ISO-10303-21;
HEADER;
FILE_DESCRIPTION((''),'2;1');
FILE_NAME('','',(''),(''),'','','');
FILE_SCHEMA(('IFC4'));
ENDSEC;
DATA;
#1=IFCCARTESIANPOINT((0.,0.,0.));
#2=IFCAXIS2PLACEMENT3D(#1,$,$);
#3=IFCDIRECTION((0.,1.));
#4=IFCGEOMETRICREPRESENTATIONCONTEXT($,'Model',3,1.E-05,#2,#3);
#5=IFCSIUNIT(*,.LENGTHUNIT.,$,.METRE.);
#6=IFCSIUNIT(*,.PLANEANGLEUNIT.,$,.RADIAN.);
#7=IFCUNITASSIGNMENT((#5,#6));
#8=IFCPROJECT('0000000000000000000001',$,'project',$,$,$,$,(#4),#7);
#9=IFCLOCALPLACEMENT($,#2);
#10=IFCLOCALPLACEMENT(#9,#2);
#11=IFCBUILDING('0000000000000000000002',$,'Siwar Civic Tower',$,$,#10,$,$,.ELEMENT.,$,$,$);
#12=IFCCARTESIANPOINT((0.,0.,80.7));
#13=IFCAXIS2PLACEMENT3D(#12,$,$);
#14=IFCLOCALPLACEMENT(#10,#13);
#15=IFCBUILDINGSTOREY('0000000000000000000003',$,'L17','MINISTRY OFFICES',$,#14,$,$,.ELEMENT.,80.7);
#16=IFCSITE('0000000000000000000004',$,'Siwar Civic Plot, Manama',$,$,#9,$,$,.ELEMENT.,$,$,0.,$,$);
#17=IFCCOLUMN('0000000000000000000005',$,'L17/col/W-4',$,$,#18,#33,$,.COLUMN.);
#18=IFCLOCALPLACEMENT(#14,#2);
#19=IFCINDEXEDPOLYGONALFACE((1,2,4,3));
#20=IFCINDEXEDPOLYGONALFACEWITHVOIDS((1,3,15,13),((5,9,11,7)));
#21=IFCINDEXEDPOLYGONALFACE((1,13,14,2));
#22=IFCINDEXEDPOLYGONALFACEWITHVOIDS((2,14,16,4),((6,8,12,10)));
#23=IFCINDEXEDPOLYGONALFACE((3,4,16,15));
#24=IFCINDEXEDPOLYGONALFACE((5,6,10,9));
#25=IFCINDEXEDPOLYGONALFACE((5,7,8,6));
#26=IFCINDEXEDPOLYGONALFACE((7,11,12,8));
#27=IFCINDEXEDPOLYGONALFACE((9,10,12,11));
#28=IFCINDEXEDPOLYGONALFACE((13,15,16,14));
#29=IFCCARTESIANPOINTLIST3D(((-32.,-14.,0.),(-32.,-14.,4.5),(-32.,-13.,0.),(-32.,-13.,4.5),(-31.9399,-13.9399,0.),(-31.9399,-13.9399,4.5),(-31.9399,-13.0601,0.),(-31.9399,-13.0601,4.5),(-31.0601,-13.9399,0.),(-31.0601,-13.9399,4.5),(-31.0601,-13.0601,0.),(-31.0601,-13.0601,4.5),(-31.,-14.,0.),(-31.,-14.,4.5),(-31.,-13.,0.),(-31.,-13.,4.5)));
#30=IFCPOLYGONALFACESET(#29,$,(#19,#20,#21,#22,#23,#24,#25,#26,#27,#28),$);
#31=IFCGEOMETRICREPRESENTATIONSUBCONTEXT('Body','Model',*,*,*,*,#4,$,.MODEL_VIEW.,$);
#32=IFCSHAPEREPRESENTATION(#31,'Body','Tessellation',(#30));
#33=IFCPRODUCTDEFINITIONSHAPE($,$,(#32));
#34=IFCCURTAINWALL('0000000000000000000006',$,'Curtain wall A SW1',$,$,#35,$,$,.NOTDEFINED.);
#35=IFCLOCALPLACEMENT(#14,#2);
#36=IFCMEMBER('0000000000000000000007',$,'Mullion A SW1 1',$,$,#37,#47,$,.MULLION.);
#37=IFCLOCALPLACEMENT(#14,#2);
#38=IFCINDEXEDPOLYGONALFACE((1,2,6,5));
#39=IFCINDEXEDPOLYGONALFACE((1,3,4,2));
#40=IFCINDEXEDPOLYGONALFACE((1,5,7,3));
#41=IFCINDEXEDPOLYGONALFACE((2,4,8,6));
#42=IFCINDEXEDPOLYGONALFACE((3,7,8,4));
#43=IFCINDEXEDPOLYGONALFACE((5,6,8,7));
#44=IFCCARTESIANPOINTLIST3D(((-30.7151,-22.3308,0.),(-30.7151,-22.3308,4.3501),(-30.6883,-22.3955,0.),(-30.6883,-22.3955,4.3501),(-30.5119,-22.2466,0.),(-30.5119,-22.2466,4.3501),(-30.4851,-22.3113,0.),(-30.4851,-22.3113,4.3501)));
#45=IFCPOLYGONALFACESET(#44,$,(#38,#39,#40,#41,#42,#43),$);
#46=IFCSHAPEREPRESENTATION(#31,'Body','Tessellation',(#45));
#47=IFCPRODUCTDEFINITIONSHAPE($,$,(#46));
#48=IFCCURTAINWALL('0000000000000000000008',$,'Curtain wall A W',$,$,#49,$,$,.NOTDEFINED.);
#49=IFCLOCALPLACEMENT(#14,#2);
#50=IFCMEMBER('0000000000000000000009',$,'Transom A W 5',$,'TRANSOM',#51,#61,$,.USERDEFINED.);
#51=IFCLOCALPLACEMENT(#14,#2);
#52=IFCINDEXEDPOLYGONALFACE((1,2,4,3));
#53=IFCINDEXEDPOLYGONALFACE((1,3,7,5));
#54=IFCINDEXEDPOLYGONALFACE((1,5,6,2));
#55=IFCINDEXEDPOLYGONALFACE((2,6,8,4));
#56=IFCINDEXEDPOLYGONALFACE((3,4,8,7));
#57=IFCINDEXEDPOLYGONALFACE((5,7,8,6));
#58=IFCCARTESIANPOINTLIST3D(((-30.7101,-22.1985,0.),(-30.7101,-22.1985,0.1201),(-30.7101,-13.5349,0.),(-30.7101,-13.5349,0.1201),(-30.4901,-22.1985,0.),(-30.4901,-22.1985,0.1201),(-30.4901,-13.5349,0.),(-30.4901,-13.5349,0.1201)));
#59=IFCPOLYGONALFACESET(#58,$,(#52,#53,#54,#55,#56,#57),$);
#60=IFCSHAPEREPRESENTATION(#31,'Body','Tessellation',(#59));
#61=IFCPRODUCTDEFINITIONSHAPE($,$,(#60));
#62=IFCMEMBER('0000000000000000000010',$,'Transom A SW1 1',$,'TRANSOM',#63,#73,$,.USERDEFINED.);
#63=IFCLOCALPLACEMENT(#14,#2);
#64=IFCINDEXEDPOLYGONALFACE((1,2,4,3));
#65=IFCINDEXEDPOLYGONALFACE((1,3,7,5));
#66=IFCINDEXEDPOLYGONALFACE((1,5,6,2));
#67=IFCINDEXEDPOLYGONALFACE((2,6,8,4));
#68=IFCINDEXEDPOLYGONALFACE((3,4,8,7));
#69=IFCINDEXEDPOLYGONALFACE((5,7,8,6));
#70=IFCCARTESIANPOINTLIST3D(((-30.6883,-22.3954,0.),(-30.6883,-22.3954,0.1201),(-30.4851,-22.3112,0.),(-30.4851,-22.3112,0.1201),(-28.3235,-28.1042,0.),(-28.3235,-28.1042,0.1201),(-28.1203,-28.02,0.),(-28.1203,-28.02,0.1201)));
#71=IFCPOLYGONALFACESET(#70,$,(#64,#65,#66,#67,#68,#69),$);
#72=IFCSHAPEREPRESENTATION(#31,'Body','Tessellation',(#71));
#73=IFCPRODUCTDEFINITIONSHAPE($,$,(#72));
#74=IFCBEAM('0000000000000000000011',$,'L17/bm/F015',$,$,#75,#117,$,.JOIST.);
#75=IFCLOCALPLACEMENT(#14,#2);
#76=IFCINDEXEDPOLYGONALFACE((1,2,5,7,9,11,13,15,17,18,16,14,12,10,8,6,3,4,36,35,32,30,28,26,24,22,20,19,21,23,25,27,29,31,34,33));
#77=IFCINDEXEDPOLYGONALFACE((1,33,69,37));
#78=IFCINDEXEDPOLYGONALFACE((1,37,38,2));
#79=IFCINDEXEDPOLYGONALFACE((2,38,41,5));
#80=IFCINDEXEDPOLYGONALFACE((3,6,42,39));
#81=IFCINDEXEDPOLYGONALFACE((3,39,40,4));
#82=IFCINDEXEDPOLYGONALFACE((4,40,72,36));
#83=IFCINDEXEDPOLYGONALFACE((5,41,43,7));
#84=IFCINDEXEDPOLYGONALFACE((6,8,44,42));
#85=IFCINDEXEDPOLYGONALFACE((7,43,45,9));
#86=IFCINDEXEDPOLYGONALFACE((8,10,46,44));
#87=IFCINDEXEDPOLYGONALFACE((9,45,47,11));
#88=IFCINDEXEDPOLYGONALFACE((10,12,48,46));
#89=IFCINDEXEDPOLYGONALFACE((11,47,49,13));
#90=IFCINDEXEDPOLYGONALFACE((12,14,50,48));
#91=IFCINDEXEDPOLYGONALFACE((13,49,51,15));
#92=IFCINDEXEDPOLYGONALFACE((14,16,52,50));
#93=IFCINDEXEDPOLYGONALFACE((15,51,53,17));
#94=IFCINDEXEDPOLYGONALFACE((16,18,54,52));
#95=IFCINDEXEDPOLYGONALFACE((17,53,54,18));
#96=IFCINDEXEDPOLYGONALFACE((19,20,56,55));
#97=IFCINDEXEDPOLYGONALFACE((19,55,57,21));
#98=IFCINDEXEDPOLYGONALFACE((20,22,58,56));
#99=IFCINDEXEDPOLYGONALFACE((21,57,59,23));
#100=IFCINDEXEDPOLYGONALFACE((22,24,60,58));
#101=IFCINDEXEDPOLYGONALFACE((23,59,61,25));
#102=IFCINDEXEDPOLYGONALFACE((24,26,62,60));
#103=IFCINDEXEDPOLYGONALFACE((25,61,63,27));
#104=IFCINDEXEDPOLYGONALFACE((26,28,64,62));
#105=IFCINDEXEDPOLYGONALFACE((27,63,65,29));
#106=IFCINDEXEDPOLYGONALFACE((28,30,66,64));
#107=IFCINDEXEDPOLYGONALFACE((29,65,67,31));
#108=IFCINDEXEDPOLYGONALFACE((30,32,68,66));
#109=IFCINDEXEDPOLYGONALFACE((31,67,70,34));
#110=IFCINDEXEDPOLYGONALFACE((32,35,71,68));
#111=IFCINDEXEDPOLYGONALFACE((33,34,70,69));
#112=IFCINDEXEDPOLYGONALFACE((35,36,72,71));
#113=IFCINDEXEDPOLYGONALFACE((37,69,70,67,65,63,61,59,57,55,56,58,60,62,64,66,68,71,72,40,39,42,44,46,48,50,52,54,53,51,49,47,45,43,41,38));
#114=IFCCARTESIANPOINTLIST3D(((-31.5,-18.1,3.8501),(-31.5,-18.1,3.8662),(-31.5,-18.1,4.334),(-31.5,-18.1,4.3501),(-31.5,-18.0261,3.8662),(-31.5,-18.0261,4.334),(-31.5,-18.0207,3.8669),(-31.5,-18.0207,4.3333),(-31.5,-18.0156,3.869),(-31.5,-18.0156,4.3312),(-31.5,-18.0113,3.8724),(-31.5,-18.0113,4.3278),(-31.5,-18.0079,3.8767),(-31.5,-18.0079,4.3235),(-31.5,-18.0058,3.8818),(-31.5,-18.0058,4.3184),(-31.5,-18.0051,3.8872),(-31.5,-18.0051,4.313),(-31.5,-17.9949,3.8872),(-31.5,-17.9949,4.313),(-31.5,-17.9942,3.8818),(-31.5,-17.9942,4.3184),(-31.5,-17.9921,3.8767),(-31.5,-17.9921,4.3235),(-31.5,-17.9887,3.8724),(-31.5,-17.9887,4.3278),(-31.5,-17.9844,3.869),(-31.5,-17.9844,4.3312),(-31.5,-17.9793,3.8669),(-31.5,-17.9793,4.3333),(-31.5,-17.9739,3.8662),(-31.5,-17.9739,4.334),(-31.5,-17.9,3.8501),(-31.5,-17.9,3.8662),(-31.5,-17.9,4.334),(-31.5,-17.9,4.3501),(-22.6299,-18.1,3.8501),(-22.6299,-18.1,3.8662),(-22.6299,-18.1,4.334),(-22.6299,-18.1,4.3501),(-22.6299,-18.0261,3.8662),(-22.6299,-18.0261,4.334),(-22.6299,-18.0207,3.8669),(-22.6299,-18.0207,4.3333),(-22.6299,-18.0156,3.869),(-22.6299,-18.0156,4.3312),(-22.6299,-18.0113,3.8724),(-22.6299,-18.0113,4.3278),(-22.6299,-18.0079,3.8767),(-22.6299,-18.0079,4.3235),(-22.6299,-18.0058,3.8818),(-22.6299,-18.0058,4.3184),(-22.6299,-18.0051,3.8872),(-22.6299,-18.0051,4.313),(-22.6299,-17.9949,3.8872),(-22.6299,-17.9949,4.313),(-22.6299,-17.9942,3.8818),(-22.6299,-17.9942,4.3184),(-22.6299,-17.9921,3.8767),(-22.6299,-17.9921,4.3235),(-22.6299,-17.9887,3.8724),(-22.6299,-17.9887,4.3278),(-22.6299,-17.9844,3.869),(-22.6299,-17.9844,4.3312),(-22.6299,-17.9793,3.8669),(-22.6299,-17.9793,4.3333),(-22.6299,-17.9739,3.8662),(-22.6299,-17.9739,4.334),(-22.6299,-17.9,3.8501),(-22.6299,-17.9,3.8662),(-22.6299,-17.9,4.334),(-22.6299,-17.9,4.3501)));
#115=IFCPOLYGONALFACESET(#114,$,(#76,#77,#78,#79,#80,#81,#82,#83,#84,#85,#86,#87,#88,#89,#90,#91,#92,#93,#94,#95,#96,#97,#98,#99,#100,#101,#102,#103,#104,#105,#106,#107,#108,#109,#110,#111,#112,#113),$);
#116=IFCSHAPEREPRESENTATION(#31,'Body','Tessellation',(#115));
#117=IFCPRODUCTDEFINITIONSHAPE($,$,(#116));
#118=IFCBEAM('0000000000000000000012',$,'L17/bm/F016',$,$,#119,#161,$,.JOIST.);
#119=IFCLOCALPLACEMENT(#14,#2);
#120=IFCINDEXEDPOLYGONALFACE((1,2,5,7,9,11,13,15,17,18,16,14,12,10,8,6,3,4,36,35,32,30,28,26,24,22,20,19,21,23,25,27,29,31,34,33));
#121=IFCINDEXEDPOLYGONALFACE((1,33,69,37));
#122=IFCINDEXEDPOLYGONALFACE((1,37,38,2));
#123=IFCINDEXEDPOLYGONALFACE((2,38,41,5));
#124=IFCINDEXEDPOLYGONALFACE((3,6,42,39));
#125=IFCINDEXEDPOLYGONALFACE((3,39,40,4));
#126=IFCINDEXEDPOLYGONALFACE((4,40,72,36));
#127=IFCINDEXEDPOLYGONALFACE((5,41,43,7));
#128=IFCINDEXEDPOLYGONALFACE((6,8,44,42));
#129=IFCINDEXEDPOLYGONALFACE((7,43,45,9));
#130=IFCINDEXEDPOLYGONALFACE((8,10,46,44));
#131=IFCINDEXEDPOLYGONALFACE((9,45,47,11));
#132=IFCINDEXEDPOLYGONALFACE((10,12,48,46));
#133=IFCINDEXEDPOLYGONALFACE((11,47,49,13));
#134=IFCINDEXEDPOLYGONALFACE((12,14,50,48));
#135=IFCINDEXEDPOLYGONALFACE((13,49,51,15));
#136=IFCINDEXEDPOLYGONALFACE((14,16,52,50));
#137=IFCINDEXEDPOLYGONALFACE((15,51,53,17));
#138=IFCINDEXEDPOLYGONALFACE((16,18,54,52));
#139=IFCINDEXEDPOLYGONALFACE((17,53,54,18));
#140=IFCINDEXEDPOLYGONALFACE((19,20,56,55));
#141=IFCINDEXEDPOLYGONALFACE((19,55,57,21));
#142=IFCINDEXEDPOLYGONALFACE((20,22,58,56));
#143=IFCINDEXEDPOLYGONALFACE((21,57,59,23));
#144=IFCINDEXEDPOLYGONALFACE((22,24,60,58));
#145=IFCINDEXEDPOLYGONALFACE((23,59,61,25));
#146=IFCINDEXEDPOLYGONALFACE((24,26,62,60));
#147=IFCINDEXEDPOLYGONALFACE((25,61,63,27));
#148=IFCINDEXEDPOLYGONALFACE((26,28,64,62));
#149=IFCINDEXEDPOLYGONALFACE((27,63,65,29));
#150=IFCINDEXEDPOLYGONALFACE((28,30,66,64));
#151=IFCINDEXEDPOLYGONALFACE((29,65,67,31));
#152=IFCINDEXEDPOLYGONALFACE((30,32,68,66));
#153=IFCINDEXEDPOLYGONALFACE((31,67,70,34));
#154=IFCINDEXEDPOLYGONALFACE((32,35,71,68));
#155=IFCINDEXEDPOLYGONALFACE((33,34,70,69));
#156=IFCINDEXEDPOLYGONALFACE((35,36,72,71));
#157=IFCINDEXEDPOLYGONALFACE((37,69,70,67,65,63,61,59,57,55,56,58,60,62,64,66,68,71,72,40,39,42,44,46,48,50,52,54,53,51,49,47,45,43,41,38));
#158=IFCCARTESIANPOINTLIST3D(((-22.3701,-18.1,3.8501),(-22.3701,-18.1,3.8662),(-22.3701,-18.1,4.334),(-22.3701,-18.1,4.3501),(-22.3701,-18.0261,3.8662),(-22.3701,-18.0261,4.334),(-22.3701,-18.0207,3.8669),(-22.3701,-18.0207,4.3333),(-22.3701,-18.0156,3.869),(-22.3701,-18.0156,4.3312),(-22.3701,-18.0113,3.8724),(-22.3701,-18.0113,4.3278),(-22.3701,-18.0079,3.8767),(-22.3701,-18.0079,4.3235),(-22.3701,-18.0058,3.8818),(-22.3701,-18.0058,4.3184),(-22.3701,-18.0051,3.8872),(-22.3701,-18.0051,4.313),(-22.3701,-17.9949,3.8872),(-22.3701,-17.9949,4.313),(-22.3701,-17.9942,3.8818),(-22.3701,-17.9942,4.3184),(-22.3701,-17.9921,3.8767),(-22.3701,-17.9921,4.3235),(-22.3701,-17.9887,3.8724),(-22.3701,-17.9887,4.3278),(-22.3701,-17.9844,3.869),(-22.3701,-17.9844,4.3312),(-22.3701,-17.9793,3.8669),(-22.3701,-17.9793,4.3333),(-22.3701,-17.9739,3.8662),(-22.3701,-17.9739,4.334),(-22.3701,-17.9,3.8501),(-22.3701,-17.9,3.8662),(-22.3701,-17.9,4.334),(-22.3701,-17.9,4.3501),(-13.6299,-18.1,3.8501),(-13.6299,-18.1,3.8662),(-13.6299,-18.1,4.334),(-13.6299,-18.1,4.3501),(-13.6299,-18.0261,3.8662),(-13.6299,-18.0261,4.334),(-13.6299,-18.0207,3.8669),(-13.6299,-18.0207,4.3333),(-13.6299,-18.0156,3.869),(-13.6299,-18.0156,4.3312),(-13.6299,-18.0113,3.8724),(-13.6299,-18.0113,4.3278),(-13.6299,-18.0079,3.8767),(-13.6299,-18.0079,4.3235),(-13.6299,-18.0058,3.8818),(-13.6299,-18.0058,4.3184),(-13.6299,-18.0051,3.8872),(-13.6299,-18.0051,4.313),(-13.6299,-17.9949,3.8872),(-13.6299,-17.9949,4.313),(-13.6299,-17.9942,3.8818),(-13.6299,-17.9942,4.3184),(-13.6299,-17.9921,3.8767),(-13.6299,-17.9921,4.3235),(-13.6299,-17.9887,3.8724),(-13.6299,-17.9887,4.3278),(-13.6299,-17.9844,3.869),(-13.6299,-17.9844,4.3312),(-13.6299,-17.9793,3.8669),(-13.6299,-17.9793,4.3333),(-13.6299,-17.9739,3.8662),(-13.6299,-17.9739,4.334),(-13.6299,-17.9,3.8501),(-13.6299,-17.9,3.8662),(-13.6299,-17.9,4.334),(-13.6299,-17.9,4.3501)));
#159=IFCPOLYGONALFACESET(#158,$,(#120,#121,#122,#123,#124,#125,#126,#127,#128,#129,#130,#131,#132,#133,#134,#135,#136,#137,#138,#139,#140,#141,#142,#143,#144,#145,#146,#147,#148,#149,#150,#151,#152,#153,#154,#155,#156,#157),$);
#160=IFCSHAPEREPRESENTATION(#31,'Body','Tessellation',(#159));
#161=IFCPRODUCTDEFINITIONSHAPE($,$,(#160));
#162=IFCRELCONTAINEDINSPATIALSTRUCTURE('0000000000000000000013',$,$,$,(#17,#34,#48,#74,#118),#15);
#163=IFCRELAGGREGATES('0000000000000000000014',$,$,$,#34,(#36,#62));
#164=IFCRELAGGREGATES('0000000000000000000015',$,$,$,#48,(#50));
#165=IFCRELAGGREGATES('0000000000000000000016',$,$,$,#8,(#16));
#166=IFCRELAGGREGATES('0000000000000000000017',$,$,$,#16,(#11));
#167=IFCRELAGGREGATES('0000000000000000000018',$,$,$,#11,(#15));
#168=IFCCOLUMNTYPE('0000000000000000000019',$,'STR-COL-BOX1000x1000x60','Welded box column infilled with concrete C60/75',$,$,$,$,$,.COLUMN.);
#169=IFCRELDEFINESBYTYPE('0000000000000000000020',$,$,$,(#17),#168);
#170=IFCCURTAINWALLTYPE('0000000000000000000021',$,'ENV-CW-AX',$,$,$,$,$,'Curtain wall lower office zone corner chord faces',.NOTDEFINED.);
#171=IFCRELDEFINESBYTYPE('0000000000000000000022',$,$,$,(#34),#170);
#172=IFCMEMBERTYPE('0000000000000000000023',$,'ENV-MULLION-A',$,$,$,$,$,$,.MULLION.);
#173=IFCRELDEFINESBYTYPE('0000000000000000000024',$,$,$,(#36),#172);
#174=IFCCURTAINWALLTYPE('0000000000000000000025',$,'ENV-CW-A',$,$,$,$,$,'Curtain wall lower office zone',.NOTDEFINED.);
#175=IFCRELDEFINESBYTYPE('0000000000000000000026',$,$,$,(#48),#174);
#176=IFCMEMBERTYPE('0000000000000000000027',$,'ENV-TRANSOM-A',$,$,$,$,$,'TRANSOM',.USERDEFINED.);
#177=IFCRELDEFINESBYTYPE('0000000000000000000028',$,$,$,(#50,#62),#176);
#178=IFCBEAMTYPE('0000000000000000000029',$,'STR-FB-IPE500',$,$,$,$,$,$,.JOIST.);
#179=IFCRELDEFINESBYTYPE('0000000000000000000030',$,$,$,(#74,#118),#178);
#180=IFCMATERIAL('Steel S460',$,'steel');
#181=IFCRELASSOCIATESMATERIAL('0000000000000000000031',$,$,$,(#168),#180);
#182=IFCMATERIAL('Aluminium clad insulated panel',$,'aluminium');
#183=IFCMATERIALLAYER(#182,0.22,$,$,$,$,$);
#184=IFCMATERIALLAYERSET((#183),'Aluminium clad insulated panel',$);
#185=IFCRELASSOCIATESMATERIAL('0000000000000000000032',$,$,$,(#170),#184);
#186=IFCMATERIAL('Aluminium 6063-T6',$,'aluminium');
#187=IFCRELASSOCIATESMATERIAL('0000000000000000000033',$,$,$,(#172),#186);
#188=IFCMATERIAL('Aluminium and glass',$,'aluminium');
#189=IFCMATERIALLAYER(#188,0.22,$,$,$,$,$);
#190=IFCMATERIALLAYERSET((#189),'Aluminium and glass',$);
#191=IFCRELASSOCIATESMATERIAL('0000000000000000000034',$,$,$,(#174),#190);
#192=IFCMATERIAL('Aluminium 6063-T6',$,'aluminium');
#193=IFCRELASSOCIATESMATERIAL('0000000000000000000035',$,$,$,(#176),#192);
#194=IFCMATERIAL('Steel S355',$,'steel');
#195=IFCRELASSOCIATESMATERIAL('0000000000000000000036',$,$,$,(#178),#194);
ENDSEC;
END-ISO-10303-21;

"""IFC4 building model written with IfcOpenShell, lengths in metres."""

from ifc_helpers import new_model, si_unit, direction, frame, origin, origin_2d, place, context, subcontext, project, spatial, rectangle, hollow_rectangle, i_section, extrude, material, layer, layer_set, material_profile, profile_set, type_object, element, aggregate, save


model = new_model("IFC4")

# Units and contexts
model_context = context("Model", 3, precision=1e-05, world=origin(), true_north=direction((0.0, 1.0)))
body_context = subcontext(model_context, "Body", "Model", "MODEL_VIEW")
ifc_project = project(units=[si_unit("LENGTHUNIT", "METRE"), si_unit("PLANEANGLEUNIT", "RADIAN")], contexts=[model_context])

# Site, building, storey
site_placement = place(None, origin())
site = spatial("IfcSite", under=ifc_project, at=site_placement, Name="Siwar Civic Plot, Manama", CompositionType="ELEMENT", RefElevation=0.0)
building_placement = place(site_placement, origin())
building = spatial("IfcBuilding", under=site, at=building_placement, Name="Siwar Civic Tower", CompositionType="ELEMENT")
storey_placement = place(building_placement, frame((0.0, 0.0, 80.7)))
storey = spatial("IfcBuildingStorey", under=building, at=storey_placement, Name="L17", Description="MINISTRY OFFICES", CompositionType="ELEMENT", Elevation=80.7)

# Column
ifc_material_1 = material(Name="Steel S460", Category="steel")
ifc_material_profile_1 = material_profile(ifc_material_1, hollow_rectangle(XDim=1.0, YDim=1.0, WallThickness=0.0601, at=origin_2d()), Name="BOX1000x1000x60")
ifc_profile_set_1 = profile_set([ifc_material_profile_1], Name="Steel S460")
column_type = type_object("IfcColumnType", Name="STR-COL-BOX1000x1000x60", Description="Welded box column infilled with concrete C60/75", PredefinedType="COLUMN", material=ifc_profile_set_1)
column_placement = place(storey_placement, frame((-31.5, -13.5, 0.0), z_axis=(0.0, 0.0, 1.0), x_axis=(1.0, 0.0, 0.0)))
element("IfcColumn", 1, at=column_placement, inside=storey, type_object=column_type, Name="L17/col/W-4", PredefinedType="COLUMN", context=body_context, shape_type="SweptSolid", body=[
    extrude(hollow_rectangle(XDim=1.0, YDim=1.0, WallThickness=0.0601, at=origin_2d()), origin(), (0.0, 0.0, 1.0), 4.5),
])

# Curtain walls, members
ifc_material_2 = material(Name="Aluminium clad insulated panel", Category="aluminium")
ifc_layer_1 = layer(ifc_material_2, 0.22)
ifc_layer_set_1 = layer_set([ifc_layer_1], Name="Aluminium clad insulated panel")
curtain_wall_type_1 = type_object("IfcCurtainWallType", Name="ENV-CW-AX", ElementType="Curtain wall lower office zone corner chord faces", PredefinedType="NOTDEFINED", material=ifc_layer_set_1)
curtain_wall_1_placement = place(storey_placement, origin())
curtain_wall_1 = element("IfcCurtainWall", 2, at=curtain_wall_1_placement, inside=storey, type_object=curtain_wall_type_1, Name="Curtain wall A SW1", PredefinedType="NOTDEFINED")
ifc_material_3 = material(Name="Aluminium 6063-T6", Category="aluminium")
ifc_material_profile_2 = material_profile(ifc_material_3, rectangle(XDim=0.22, YDim=0.0701, at=origin_2d()), Name="AL 220x70")
ifc_profile_set_2 = profile_set([ifc_material_profile_2], Name="Aluminium 6063-T6")
member_type_1 = type_object("IfcMemberType", Name="ENV-MULLION-A", PredefinedType="MULLION", material=ifc_profile_set_2)
member_1_placement = place(storey_placement, frame((-30.6001, -22.321, 0.0), z_axis=(0.0, 0.0, 1.0), x_axis=(0.92388, 0.382683, 0.0)))
member_1 = element("IfcMember", 3, at=member_1_placement, type_object=member_type_1, Name="Mullion A SW1 1", PredefinedType="MULLION", context=body_context, shape_type="SweptSolid", body=[
    extrude(rectangle(XDim=0.22, YDim=0.0701, at=origin_2d()), origin(), (0.0, 0.0, 1.0), 4.3501),
])
ifc_material_4 = material(Name="Aluminium and glass", Category="aluminium")
ifc_layer_2 = layer(ifc_material_4, 0.22)
ifc_layer_set_2 = layer_set([ifc_layer_2], Name="Aluminium and glass")
curtain_wall_type_2 = type_object("IfcCurtainWallType", Name="ENV-CW-A", ElementType="Curtain wall lower office zone", PredefinedType="NOTDEFINED", material=ifc_layer_set_2)
curtain_wall_2_placement = place(storey_placement, origin())
curtain_wall_2 = element("IfcCurtainWall", 4, at=curtain_wall_2_placement, inside=storey, type_object=curtain_wall_type_2, Name="Curtain wall A W", PredefinedType="NOTDEFINED")
ifc_material_5 = material(Name="Aluminium 6063-T6", Category="aluminium")
ifc_material_profile_3 = material_profile(ifc_material_5, rectangle(XDim=0.22, YDim=0.1201, at=origin_2d()), Name="AL 220x120")
ifc_profile_set_3 = profile_set([ifc_material_profile_3], Name="Aluminium 6063-T6")
member_type_2 = type_object("IfcMemberType", Name="ENV-TRANSOM-A", ElementType="TRANSOM", PredefinedType="USERDEFINED", material=ifc_profile_set_3)
member_2_placement = place(storey_placement, frame((-30.6001, -13.5349, 0.0601), z_axis=(0.0, -1.0, 0.0), x_axis=(1.0, 0.0, 0.0)))
member_2 = element("IfcMember", 5, at=member_2_placement, type_object=member_type_2, Name="Transom A W 5", ObjectType="TRANSOM", PredefinedType="USERDEFINED", context=body_context, shape_type="SweptSolid", body=[
    extrude(rectangle(XDim=0.22, YDim=0.1201, at=origin_2d()), origin(), (0.0, 0.0, 1.0), 8.6636),
])

# Member
member_3_placement = place(storey_placement, frame((-30.5867, -22.3533, 0.0601), z_axis=(0.382698, -0.923873, 0.0), x_axis=(0.923873, 0.382698, 0.0)))
member_3 = element("IfcMember", 6, at=member_3_placement, type_object=member_type_2, Name="Transom A SW1 1", ObjectType="TRANSOM", PredefinedType="USERDEFINED", context=body_context, shape_type="SweptSolid", body=[
    extrude(rectangle(XDim=0.22, YDim=0.1201, at=origin_2d()), origin(), (0.0, 0.0, 1.0), 6.1792),
])
aggregate(curtain_wall_1, [member_1, member_3])

# Beams
ifc_material_6 = material(Name="Steel S355", Category="steel")
ifc_material_profile_4 = material_profile(ifc_material_6, i_section(OverallWidth=0.2, OverallDepth=0.5, WebThickness=0.0103, FlangeThickness=0.0161, FilletRadius=0.021, at=origin_2d()), Name="IPE500")
ifc_profile_set_4 = profile_set([ifc_material_profile_4], Name="Steel S355")
beam_type_1 = type_object("IfcBeamType", Name="STR-FB-IPE500", PredefinedType="JOIST", material=ifc_profile_set_4)
beam_1_placement = place(storey_placement, frame((-31.5, -18.0, 4.1001), z_axis=(1.0, 0.0, 0.0), x_axis=(0.0, 1.0, 0.0)))
element("IfcBeam", 7, at=beam_1_placement, inside=storey, type_object=beam_type_1, Name="L17/bm/F015", PredefinedType="JOIST", context=body_context, shape_type="SweptSolid", body=[
    extrude(i_section(OverallWidth=0.2, OverallDepth=0.5, WebThickness=0.0103, FlangeThickness=0.0161, FilletRadius=0.021, at=origin_2d()), origin(), (0.0, 0.0, 1.0), 8.8701),
])
beam_2_placement = place(storey_placement, frame((-22.3701, -18.0, 4.1001), z_axis=(1.0, 0.0, 0.0), x_axis=(0.0, 1.0, 0.0)))
element("IfcBeam", 8, at=beam_2_placement, inside=storey, type_object=beam_type_1, Name="L17/bm/F016", PredefinedType="JOIST", context=body_context, shape_type="SweptSolid", body=[
    extrude(i_section(OverallWidth=0.2, OverallDepth=0.5, WebThickness=0.0103, FlangeThickness=0.0161, FilletRadius=0.021, at=origin_2d()), origin(), (0.0, 0.0, 1.0), 8.7402),
])

aggregate(curtain_wall_2, [member_2])

save(model, "model.ifc")
